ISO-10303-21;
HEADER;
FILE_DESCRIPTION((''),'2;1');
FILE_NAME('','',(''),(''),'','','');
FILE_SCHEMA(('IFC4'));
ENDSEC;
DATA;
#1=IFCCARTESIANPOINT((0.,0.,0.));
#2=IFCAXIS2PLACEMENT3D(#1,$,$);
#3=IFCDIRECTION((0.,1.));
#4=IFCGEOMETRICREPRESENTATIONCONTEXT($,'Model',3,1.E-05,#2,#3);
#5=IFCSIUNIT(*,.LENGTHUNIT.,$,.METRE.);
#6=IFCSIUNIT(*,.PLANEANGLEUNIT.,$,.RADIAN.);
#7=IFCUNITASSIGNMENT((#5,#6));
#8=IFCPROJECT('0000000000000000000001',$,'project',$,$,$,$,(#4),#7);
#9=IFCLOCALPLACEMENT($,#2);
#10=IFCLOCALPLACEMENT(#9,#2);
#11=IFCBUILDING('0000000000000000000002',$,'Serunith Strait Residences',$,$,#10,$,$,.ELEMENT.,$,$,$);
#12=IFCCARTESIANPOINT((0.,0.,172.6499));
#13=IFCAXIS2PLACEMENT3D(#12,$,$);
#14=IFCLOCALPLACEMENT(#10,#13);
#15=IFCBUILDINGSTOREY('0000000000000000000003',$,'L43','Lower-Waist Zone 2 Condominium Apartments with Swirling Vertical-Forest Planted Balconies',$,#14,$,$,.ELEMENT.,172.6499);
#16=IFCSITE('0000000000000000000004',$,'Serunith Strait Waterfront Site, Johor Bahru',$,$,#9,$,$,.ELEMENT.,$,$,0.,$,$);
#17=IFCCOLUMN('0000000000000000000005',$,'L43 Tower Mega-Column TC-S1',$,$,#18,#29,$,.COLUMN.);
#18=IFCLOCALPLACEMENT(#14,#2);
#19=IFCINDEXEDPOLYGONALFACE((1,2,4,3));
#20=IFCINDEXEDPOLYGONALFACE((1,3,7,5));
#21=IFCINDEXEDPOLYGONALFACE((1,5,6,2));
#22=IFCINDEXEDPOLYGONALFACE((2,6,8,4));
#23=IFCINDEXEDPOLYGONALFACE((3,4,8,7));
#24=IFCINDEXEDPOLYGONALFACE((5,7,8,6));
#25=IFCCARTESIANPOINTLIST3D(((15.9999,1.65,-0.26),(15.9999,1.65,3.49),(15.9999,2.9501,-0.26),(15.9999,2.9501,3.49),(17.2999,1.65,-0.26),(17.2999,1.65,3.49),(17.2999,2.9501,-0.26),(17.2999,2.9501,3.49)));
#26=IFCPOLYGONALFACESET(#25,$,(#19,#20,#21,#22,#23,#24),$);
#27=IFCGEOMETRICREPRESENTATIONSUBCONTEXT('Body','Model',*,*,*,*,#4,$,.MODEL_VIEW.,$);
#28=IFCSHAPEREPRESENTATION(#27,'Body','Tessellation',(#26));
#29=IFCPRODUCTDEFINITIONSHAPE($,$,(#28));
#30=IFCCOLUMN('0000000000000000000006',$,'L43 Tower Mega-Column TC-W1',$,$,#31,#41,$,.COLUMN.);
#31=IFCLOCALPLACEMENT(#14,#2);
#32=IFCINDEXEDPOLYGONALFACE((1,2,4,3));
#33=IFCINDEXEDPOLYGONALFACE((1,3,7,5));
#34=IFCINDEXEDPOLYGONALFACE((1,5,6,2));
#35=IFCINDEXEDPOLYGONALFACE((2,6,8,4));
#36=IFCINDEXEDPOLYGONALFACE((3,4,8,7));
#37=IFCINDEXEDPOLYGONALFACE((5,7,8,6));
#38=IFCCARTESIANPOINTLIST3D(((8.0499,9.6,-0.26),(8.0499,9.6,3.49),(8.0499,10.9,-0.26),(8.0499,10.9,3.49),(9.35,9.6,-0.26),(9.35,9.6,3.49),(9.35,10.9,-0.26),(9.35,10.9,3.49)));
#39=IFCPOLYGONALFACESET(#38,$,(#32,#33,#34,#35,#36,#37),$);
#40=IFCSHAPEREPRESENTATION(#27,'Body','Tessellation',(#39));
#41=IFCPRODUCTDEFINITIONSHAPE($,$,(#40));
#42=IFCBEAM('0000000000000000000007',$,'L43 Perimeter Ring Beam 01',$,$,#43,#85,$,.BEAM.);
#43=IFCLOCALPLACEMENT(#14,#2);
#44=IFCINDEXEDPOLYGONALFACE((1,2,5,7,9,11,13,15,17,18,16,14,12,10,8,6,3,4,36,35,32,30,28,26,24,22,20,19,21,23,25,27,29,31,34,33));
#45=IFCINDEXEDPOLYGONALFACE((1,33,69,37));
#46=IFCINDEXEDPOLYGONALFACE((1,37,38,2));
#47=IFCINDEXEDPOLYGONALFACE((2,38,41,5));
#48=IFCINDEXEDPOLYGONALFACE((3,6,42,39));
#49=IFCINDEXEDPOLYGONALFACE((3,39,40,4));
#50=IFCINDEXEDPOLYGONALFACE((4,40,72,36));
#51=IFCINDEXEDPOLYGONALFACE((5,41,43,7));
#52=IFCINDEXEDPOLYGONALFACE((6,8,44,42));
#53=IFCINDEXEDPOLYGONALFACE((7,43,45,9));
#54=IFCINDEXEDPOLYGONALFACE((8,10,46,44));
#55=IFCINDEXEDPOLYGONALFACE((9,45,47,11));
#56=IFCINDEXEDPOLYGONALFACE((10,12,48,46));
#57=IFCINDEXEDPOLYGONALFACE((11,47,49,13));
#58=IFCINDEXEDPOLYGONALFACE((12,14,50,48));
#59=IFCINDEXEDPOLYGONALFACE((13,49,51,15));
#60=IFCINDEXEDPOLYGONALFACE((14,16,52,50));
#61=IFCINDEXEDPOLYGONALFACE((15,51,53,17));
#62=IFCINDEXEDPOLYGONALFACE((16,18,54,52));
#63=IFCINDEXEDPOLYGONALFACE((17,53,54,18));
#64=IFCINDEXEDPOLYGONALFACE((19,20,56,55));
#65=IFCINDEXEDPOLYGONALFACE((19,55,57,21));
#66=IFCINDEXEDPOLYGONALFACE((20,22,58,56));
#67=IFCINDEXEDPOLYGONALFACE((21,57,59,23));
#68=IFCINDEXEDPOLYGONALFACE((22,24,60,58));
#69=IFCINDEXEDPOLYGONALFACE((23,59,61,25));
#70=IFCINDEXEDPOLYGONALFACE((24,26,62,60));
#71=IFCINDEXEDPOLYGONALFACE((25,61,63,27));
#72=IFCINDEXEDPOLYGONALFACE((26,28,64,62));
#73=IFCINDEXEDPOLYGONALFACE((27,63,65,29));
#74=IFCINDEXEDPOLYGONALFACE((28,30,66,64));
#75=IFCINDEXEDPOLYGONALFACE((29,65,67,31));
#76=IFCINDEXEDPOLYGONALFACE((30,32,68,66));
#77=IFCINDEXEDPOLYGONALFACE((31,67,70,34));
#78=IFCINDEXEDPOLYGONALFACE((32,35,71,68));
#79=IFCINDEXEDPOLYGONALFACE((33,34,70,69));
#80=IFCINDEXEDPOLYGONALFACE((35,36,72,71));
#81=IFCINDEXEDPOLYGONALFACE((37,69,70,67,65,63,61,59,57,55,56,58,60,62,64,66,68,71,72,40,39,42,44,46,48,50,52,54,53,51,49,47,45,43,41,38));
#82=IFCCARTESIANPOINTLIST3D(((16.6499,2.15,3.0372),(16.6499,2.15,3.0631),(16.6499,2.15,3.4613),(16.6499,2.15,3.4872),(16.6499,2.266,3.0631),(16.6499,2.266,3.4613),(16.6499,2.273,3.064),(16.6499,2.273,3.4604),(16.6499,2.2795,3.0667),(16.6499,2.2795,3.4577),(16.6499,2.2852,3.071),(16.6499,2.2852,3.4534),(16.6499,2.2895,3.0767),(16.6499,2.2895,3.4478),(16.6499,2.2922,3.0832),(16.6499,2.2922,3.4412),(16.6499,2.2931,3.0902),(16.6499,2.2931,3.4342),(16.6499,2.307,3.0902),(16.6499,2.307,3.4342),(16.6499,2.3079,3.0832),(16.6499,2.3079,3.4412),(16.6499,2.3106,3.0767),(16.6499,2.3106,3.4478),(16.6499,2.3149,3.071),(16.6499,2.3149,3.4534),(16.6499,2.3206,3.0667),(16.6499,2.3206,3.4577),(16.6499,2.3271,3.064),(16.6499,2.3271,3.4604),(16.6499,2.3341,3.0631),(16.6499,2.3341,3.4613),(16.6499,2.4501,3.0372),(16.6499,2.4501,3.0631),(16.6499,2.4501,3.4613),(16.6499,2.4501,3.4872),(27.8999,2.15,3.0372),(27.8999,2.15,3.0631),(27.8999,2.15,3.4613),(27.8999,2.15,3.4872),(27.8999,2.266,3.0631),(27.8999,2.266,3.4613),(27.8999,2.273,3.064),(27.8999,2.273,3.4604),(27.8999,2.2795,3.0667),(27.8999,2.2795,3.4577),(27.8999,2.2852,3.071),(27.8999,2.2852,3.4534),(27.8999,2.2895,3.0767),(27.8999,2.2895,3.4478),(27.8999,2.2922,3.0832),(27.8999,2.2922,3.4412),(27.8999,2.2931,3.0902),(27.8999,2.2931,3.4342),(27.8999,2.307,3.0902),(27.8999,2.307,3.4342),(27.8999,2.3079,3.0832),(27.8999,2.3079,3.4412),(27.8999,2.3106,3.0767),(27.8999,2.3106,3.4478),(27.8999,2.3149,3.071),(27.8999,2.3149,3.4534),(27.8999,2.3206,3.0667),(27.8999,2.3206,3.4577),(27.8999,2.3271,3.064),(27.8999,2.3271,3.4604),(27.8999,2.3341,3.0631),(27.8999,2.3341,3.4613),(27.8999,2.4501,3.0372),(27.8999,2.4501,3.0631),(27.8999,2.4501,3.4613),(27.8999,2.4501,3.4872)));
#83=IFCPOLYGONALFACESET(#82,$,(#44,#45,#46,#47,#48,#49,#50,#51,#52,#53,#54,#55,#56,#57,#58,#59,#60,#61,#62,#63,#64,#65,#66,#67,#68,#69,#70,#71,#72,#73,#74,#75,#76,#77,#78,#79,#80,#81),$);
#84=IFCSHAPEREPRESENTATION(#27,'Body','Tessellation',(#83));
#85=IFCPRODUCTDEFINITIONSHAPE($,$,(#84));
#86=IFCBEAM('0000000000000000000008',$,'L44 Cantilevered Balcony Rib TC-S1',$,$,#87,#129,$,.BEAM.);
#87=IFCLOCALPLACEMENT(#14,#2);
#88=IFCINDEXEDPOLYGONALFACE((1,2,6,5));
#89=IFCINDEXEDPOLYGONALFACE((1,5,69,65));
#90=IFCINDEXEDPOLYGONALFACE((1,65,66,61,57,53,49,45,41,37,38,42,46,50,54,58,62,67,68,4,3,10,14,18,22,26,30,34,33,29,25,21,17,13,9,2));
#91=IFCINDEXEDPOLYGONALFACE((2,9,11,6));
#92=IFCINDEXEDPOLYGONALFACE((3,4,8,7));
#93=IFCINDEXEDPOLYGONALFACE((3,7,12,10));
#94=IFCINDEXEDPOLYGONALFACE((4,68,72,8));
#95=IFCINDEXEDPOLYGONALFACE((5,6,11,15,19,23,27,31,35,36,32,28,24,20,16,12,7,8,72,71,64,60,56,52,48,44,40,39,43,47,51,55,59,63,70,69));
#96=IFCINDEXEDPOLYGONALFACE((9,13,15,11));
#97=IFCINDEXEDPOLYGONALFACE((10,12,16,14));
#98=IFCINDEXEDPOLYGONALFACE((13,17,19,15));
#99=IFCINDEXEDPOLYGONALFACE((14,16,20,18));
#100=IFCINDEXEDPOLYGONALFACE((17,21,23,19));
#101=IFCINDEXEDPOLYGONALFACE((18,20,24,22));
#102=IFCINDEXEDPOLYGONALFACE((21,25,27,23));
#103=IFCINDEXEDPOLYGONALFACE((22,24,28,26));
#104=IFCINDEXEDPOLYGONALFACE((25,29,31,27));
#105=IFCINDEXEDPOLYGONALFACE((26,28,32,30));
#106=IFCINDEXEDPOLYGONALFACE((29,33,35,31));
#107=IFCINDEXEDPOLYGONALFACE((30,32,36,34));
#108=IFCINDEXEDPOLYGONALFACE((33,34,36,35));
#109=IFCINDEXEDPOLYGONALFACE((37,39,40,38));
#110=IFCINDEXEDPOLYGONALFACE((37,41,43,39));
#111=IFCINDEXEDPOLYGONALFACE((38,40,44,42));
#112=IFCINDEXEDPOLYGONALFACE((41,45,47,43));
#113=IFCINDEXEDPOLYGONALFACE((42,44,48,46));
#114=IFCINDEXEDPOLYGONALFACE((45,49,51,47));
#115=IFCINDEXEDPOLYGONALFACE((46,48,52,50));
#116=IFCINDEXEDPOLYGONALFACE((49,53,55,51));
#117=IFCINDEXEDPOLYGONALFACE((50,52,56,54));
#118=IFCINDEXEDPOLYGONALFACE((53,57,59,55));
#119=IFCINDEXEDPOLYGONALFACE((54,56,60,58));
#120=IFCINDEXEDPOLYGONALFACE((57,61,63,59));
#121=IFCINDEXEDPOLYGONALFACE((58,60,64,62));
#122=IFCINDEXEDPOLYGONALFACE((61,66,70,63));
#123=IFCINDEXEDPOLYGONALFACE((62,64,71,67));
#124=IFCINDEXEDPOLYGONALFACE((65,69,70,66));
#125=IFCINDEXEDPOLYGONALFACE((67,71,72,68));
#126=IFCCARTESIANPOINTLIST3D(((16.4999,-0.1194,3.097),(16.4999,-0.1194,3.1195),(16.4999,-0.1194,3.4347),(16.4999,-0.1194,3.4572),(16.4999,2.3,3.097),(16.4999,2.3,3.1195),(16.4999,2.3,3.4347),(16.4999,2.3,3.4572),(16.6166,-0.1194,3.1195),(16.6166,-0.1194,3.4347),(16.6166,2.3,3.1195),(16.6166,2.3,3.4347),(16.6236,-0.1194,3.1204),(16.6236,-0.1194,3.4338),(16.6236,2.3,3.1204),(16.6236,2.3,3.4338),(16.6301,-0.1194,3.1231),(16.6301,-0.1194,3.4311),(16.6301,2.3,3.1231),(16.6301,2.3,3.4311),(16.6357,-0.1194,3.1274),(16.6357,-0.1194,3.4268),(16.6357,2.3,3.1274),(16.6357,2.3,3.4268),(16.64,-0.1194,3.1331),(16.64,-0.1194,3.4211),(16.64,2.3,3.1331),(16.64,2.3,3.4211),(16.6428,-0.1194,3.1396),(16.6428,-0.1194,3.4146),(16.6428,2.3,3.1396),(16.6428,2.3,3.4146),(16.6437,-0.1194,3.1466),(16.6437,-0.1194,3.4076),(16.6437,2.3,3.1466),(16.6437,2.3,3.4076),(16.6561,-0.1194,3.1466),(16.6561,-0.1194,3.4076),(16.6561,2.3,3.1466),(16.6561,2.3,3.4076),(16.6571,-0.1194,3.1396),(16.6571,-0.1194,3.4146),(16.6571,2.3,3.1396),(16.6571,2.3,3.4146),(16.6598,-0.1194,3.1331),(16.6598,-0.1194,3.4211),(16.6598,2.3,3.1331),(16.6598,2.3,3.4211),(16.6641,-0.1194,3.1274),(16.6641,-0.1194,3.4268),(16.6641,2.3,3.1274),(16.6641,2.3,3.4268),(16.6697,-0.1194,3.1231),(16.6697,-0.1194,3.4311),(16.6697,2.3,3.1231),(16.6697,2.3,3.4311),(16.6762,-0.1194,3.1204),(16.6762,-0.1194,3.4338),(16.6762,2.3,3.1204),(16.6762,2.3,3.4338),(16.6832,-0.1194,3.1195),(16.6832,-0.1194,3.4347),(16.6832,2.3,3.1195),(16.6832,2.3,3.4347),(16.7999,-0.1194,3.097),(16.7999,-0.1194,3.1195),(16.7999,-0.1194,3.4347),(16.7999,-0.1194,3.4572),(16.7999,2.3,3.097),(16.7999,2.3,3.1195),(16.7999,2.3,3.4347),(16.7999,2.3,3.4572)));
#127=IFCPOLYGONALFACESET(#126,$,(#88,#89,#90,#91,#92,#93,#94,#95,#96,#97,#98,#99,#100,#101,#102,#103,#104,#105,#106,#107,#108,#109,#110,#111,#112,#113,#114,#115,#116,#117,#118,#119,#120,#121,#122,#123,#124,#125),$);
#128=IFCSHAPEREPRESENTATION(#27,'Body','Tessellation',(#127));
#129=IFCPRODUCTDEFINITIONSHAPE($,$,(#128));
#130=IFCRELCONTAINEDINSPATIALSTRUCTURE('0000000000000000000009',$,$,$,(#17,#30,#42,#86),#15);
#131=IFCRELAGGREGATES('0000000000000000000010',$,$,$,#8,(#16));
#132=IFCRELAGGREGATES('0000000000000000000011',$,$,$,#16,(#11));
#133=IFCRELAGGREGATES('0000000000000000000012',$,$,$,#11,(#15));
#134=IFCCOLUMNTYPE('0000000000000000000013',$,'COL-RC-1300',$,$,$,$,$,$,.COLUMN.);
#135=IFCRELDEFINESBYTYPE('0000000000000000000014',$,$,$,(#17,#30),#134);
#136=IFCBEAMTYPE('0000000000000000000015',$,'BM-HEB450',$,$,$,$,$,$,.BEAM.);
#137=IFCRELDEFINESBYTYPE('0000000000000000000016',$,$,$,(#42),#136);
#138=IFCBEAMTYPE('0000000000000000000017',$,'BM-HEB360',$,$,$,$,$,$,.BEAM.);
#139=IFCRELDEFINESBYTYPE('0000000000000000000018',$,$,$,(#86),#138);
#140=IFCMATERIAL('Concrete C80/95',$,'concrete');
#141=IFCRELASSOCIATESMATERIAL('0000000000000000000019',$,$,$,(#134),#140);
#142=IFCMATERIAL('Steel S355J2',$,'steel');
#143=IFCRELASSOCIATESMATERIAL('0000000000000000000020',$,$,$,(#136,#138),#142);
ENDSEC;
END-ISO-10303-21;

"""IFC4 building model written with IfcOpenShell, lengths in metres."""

from ifc_helpers import new_model, si_unit, direction, frame, origin, origin_2d, place, context, subcontext, project, spatial, rectangle, i_section, extrude, source, transform, mapped, material, material_profile, profile_set, type_object, element, save


model = new_model("IFC4")

# Units and contexts
model_context = context("Model", 3, precision=1e-05, world=origin(), true_north=direction((0.0, 1.0)))
body_context = subcontext(model_context, "Body", "Model", "MODEL_VIEW")
ifc_project = project(units=[si_unit("LENGTHUNIT", "METRE"), si_unit("PLANEANGLEUNIT", "RADIAN")], contexts=[model_context])

# Site, building, storey
site_placement = place(None, origin())
site = spatial("IfcSite", under=ifc_project, at=site_placement, Name="Serunith Strait Waterfront Site, Johor Bahru", CompositionType="ELEMENT", RefElevation=0.0)
building_placement = place(site_placement, origin())
building = spatial("IfcBuilding", under=site, at=building_placement, Name="Serunith Strait Residences", CompositionType="ELEMENT")
storey_placement = place(building_placement, frame((0.0, 0.0, 172.6499)))
storey = spatial("IfcBuildingStorey", under=building, at=storey_placement, Name="L43", Description="Lower-Waist Zone 2 Condominium Apartments with Swirling Vertical-Forest Planted Balconies", CompositionType="ELEMENT", Elevation=172.6499)

# Columns
ifc_material_1 = material(Name="Concrete C80/95", Category="concrete")
ifc_material_profile_1 = material_profile(ifc_material_1, rectangle(XDim=1.3, YDim=1.3, at=origin_2d()), Name="RC 1300x1300")
ifc_profile_set_1 = profile_set([ifc_material_profile_1], Name="Concrete C80/95")
column_type = type_object("IfcColumnType", Name="COL-RC-1300", PredefinedType="COLUMN", material=ifc_profile_set_1)
shared_shape_1 = source(origin(), body_context, "Body", "SweptSolid", [
    extrude(rectangle(XDim=1.3, YDim=1.3, at=origin_2d()), origin(), (0.0, 0.0, 1.0), 3.75),
])
for number, where, z_axis, x_axis, name in (
    (1, (16.6499, 2.3, -0.26), (0.0, 0.0, 1.0), (1.0, 0.0, 0.0), "L43 Tower Mega-Column TC-S1"),
    (2, (8.7, 10.25, -0.26), (0.0, 0.0, 1.0), (1.0, 0.0, 0.0), "L43 Tower Mega-Column TC-W1"),
):
    element("IfcColumn", number, at=place(storey_placement, frame(where, z_axis=z_axis, x_axis=x_axis)), inside=storey, type_object=column_type, Name=name, PredefinedType="COLUMN", context=body_context, shape_type="MappedRepresentation", body=[
        mapped(shared_shape_1, transform((0.0, 0.0, 0.0), scale=1.0)),
    ])

# Beams
ifc_material_2 = material(Name="Steel S355J2", Category="steel")
ifc_material_profile_2 = material_profile(ifc_material_2, i_section(OverallWidth=0.3, OverallDepth=0.45, WebThickness=0.0139, FlangeThickness=0.0259, FilletRadius=0.0271, at=origin_2d()), Name="HEB 450")
ifc_profile_set_2 = profile_set([ifc_material_profile_2], Name="Steel S355J2")
beam_type_1 = type_object("IfcBeamType", Name="BM-HEB450", PredefinedType="BEAM", material=ifc_profile_set_2)
shared_shape_2 = source(origin(), body_context, "Body", "SweptSolid", [
    extrude(i_section(OverallWidth=0.3, OverallDepth=0.45, WebThickness=0.0139, FlangeThickness=0.0259, FilletRadius=0.0271, at=origin_2d()), origin(), (0.0, 0.0, 1.0), 11.25),
])
beam_1_placement = place(storey_placement, frame((16.6499, 2.3, 3.2622), z_axis=(1.0, 0.0, 0.0), x_axis=(0.0, 1.0, 0.0)))
element("IfcBeam", 3, at=beam_1_placement, inside=storey, type_object=beam_type_1, Name="L43 Perimeter Ring Beam 01", PredefinedType="BEAM", context=body_context, shape_type="MappedRepresentation", body=[
    mapped(shared_shape_2, transform((0.0, 0.0, 0.0), scale=1.0)),
])
ifc_material_profile_3 = material_profile(ifc_material_2, i_section(OverallWidth=0.3, OverallDepth=0.3601, WebThickness=0.0125, FlangeThickness=0.0225, FilletRadius=0.0271, at=origin_2d()), Name="HEB 360")
ifc_profile_set_3 = profile_set([ifc_material_profile_3], Name="Steel S355J2")
beam_type_2 = type_object("IfcBeamType", Name="BM-HEB360", PredefinedType="BEAM", material=ifc_profile_set_3)
shared_shape_3 = source(origin(), body_context, "Body", "SweptSolid", [
    extrude(i_section(OverallWidth=0.3, OverallDepth=0.3601, WebThickness=0.0125, FlangeThickness=0.0225, FilletRadius=0.0271, at=origin_2d()), origin(), (0.0, 0.0, 1.0), 2.4194),
])
beam_2_placement = place(storey_placement, frame((16.6499, 2.3, 3.2771), z_axis=(0.0, -1.0, 0.0), x_axis=(1.0, 0.0, 0.0)))
element("IfcBeam", 4, at=beam_2_placement, inside=storey, type_object=beam_type_2, Name="L44 Cantilevered Balcony Rib TC-S1", PredefinedType="BEAM", context=body_context, shape_type="MappedRepresentation", body=[
    mapped(shared_shape_3, transform((0.0, 0.0, 0.0), scale=1.0)),
])

save(model, "model.ifc")
